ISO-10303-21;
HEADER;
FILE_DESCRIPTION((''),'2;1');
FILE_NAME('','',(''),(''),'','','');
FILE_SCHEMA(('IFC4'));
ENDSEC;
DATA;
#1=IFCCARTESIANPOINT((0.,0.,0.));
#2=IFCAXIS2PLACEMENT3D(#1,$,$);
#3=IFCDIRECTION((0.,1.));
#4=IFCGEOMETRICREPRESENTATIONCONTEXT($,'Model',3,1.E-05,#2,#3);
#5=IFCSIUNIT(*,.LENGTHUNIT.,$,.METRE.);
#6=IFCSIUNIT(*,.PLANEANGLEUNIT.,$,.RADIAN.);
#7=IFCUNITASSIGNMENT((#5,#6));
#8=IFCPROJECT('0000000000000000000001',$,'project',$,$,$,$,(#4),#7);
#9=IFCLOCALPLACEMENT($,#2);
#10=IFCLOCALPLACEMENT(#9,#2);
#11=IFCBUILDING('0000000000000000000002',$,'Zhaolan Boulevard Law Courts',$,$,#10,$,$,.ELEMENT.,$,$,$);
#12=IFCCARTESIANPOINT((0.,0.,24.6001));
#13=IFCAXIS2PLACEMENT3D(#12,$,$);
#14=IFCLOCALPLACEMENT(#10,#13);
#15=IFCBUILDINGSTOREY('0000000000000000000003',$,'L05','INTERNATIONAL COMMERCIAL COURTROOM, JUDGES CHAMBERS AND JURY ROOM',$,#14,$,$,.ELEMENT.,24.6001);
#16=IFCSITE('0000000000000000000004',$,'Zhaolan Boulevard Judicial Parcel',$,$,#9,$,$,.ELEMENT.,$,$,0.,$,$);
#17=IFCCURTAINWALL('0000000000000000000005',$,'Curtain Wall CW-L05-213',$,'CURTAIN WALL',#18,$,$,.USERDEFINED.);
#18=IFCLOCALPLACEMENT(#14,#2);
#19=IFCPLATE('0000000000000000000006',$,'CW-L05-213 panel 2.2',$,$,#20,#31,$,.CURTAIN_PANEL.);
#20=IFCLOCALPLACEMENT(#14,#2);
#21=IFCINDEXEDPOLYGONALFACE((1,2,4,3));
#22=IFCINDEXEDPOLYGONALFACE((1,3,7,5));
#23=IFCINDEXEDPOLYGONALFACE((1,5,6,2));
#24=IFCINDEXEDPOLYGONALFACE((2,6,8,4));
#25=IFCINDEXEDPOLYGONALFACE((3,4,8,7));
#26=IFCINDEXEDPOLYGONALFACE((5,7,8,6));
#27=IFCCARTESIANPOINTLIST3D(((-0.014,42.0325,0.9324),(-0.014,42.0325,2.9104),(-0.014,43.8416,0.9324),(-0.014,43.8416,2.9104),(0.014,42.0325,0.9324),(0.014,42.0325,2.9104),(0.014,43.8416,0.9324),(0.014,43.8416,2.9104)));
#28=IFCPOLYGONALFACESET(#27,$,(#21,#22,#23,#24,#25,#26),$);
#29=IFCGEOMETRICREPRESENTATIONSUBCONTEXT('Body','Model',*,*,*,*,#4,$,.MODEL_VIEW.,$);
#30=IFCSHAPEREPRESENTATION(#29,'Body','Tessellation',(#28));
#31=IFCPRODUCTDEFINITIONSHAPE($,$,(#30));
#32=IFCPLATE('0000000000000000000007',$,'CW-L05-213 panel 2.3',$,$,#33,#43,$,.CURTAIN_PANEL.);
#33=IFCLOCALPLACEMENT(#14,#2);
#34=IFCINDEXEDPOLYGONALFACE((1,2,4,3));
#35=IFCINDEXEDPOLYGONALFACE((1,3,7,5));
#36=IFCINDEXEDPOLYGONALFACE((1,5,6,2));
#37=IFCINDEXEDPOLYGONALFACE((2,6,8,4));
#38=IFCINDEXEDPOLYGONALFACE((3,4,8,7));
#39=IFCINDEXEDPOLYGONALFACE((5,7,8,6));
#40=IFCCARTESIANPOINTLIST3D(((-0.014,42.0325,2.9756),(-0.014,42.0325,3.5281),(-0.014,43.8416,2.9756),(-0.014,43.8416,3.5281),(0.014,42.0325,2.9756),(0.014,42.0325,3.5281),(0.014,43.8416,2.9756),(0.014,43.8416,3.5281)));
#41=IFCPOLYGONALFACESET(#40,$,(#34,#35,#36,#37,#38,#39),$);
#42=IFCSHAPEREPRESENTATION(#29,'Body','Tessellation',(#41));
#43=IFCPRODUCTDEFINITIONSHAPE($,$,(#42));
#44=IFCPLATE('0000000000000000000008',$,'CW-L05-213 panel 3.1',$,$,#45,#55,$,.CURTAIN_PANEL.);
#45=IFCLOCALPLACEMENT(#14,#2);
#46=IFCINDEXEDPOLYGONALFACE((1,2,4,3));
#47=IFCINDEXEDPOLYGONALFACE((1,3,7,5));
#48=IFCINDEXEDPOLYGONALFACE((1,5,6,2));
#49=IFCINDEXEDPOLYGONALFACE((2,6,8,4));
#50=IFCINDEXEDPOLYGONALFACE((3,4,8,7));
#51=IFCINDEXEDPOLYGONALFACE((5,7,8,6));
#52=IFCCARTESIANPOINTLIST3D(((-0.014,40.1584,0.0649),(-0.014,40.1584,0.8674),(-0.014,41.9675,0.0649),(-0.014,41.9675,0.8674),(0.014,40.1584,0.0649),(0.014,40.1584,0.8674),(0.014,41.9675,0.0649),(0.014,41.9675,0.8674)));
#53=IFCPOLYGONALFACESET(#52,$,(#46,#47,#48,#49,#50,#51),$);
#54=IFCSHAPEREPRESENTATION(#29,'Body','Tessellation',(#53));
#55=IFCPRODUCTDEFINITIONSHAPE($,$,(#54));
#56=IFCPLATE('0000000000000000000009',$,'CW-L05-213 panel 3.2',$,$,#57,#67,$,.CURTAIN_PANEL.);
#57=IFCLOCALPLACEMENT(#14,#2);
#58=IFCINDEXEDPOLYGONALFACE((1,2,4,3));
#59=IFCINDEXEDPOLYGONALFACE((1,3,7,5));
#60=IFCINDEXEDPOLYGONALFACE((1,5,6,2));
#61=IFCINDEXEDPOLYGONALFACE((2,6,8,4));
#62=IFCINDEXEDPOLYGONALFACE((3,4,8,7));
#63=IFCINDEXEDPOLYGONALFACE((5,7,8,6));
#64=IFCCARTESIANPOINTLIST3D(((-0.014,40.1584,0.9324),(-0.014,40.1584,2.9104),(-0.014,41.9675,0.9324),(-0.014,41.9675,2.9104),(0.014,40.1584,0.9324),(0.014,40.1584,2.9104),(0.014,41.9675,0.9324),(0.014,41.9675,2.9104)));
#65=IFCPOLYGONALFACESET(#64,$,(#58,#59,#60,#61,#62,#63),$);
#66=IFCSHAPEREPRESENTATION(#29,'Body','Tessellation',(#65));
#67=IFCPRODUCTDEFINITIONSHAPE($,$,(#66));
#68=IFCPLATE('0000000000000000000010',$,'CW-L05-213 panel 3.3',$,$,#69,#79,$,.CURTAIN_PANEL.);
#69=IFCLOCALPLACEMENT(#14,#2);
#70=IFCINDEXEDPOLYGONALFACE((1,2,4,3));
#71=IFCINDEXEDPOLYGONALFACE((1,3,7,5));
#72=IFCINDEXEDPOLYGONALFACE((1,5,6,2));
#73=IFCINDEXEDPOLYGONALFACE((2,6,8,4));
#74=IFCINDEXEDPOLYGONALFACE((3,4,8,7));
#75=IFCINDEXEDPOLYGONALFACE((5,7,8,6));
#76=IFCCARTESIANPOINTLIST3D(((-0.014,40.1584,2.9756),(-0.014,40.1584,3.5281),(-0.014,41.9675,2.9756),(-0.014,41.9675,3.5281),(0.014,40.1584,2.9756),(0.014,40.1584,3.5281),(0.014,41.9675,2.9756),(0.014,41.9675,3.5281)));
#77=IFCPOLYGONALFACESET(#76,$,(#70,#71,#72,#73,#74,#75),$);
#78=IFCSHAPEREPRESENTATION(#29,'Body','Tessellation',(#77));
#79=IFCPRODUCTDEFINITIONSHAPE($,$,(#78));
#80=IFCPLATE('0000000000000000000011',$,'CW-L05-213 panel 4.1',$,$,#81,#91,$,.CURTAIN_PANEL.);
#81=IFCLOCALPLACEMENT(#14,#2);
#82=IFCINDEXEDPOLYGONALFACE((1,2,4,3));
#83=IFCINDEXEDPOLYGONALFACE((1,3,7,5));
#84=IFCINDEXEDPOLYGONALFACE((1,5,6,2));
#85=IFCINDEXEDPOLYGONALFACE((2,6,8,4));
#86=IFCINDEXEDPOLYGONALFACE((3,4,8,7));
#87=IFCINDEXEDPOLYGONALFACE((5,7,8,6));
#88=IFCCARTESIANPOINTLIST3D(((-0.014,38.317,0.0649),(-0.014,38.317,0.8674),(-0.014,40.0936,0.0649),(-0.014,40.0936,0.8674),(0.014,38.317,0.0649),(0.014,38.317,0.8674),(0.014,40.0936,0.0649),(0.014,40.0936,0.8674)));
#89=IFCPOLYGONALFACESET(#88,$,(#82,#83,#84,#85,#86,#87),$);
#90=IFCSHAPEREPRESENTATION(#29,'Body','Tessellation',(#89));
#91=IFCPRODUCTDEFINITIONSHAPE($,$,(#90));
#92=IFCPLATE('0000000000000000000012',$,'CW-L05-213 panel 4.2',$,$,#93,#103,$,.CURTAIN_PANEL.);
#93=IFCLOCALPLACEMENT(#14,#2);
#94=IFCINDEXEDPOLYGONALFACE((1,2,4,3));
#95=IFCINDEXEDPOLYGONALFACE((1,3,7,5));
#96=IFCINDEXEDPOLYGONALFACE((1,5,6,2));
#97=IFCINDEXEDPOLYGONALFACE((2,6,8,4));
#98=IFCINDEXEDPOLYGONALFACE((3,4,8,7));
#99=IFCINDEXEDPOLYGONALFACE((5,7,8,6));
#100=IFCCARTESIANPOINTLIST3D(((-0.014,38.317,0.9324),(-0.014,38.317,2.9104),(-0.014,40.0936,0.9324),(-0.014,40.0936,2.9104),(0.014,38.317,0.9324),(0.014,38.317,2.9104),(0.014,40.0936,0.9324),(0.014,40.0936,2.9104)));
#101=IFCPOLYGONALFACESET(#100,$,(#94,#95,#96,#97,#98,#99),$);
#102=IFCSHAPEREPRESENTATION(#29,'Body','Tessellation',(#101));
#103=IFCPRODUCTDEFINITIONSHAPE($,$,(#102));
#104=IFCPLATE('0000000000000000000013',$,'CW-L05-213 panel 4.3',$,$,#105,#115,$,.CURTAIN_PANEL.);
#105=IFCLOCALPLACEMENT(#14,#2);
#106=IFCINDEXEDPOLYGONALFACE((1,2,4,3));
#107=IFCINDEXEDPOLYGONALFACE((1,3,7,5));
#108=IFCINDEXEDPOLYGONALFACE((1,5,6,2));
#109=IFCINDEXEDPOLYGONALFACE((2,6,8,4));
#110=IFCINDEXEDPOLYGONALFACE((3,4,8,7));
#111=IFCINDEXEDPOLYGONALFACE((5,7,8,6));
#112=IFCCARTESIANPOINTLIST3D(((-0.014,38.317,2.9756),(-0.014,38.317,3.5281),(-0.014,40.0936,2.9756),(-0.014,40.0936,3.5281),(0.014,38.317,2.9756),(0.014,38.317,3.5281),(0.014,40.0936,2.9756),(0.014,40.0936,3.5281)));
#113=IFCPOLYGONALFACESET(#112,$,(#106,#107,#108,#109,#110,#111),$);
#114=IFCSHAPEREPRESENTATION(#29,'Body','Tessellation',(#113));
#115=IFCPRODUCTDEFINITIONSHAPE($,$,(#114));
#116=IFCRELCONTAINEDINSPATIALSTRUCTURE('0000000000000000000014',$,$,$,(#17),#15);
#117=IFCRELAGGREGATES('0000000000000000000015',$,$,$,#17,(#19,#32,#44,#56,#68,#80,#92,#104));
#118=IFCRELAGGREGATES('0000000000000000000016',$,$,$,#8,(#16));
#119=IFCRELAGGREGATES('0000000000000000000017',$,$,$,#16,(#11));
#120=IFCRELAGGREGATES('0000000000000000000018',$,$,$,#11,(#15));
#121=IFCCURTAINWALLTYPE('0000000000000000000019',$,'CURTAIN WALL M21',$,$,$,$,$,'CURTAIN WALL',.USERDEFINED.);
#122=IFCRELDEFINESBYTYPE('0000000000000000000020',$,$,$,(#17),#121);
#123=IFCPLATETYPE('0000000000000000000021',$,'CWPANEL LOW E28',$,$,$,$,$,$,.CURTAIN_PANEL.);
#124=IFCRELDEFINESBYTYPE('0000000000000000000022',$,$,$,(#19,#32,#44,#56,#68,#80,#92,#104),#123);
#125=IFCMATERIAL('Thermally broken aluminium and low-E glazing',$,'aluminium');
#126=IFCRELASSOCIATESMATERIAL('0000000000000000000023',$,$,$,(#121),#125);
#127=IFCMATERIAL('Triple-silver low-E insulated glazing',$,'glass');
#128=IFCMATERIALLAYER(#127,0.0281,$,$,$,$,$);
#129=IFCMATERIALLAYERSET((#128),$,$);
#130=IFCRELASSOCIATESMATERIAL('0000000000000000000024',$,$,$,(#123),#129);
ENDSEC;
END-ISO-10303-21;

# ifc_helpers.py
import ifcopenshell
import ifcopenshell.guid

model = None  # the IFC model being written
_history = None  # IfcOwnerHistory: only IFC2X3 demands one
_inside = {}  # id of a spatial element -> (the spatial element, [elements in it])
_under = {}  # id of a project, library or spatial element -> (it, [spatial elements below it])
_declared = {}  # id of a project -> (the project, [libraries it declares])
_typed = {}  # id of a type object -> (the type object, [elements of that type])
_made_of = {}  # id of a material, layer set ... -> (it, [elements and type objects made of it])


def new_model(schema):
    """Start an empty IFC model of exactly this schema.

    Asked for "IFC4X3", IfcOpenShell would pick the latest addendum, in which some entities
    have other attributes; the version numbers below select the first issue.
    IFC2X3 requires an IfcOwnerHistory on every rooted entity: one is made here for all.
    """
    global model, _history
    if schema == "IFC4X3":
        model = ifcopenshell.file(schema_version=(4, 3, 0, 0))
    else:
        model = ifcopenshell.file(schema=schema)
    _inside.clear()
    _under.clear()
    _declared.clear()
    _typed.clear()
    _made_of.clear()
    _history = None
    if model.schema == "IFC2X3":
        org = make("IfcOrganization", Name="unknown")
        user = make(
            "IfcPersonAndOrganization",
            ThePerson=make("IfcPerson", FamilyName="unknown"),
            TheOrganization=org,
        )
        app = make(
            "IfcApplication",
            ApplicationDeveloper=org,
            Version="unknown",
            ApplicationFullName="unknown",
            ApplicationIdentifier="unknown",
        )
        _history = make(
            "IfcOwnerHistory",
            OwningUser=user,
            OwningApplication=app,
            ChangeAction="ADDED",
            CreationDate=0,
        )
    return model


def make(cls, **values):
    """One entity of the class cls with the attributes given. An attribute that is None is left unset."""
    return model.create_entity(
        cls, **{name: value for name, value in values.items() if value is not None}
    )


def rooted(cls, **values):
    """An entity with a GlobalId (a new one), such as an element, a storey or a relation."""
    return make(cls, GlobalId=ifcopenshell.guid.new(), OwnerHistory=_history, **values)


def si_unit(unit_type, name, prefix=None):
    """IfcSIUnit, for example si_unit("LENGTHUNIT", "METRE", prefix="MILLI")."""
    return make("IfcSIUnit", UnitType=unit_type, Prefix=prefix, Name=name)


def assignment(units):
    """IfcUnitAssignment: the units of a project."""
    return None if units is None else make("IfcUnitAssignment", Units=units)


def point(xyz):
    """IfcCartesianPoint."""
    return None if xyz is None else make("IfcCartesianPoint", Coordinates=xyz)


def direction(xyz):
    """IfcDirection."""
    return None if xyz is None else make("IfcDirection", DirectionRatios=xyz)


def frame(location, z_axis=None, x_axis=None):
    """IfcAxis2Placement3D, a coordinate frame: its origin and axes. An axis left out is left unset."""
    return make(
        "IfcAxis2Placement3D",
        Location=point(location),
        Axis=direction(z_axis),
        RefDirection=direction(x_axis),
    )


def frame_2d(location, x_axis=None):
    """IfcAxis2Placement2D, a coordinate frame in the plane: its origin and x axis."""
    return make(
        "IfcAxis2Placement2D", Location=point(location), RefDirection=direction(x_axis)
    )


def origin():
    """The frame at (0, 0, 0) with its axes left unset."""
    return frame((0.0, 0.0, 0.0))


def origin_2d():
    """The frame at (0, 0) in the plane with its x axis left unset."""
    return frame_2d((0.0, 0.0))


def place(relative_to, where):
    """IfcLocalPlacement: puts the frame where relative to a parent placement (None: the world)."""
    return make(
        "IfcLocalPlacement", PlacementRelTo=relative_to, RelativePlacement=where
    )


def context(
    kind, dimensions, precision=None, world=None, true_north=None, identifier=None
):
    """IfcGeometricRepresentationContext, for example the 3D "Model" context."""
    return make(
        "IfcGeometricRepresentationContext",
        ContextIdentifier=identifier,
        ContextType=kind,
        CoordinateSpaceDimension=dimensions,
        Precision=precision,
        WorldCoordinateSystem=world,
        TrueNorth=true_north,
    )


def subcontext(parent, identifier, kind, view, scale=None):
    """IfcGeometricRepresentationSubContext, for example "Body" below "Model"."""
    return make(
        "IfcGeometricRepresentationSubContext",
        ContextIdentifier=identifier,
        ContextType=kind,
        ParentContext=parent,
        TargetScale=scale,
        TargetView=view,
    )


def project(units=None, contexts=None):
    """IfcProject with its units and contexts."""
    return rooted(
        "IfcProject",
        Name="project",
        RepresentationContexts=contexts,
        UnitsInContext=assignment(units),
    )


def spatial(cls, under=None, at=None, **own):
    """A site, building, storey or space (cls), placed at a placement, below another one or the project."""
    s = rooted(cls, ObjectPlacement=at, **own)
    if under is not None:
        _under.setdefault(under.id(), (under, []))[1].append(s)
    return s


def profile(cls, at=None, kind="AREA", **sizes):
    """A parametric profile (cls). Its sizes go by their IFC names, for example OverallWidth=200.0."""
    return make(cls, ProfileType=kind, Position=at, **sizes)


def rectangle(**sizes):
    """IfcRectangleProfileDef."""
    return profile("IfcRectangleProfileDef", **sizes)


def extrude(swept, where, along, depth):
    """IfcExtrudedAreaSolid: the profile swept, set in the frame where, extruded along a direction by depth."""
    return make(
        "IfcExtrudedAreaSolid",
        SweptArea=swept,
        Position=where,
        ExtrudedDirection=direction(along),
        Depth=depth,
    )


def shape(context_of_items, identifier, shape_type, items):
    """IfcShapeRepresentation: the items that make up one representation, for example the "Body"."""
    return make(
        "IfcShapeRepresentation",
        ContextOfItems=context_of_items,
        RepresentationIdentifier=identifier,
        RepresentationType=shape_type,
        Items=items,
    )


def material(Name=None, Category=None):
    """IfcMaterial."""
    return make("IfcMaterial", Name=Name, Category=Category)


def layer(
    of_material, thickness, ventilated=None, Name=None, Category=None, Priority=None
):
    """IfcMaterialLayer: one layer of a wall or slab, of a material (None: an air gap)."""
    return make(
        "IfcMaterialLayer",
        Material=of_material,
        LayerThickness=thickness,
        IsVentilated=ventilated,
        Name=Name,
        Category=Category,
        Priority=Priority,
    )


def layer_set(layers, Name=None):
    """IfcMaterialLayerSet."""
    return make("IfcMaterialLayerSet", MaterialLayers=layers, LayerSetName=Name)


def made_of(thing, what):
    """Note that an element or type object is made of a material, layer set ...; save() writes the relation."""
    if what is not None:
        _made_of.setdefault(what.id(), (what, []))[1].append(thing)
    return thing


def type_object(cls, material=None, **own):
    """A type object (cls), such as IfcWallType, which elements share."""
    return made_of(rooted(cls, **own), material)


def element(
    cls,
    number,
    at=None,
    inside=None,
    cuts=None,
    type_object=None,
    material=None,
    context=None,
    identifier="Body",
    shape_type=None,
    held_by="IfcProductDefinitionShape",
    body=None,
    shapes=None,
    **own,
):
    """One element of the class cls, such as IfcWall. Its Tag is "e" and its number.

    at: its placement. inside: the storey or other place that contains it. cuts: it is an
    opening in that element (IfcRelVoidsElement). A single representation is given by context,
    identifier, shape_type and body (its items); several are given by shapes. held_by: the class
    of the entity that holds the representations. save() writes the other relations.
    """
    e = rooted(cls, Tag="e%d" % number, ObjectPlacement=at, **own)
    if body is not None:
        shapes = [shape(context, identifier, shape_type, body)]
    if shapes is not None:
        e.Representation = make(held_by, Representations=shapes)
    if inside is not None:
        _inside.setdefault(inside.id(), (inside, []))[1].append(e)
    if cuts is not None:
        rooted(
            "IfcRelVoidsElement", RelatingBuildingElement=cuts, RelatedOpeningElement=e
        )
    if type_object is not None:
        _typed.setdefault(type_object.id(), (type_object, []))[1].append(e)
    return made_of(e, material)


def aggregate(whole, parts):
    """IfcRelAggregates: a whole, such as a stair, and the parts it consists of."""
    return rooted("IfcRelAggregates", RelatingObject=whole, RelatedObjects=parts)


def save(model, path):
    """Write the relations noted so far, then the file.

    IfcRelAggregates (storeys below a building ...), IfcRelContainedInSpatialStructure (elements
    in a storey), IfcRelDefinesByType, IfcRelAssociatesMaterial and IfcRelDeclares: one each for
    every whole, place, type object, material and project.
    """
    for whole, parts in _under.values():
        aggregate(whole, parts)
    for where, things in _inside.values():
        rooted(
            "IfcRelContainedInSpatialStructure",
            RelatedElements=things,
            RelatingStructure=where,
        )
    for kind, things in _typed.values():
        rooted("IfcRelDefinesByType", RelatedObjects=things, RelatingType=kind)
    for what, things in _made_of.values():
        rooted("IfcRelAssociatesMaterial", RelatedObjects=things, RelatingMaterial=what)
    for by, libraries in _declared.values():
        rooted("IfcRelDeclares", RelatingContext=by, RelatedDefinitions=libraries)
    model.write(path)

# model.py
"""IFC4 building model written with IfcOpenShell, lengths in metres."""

from ifc_helpers import new_model, si_unit, direction, frame, origin, origin_2d, place, context, subcontext, project, spatial, rectangle, extrude, material, layer, layer_set, type_object, element, aggregate, save


model = new_model("IFC4")

# Units and contexts
model_context = context("Model", 3, precision=1e-05, world=origin(), true_north=direction((0.0, 1.0)))
body_context = subcontext(model_context, "Body", "Model", "MODEL_VIEW")
ifc_project = project(units=[si_unit("LENGTHUNIT", "METRE"), si_unit("PLANEANGLEUNIT", "RADIAN")], contexts=[model_context])

# Site, building, storey
site_placement = place(None, origin())
site = spatial("IfcSite", under=ifc_project, at=site_placement, Name="Zhaolan Boulevard Judicial Parcel", CompositionType="ELEMENT", RefElevation=0.0)
building_placement = place(site_placement, origin())
building = spatial("IfcBuilding", under=site, at=building_placement, Name="Zhaolan Boulevard Law Courts", CompositionType="ELEMENT")
storey_placement = place(building_placement, frame((0.0, 0.0, 24.6001)))
storey = spatial("IfcBuildingStorey", under=building, at=storey_placement, Name="L05", Description="INTERNATIONAL COMMERCIAL COURTROOM, JUDGES CHAMBERS AND JURY ROOM", CompositionType="ELEMENT", Elevation=24.6001)

# Curtain wall, plates
ifc_material_1 = material(Name="Thermally broken aluminium and low-E glazing", Category="aluminium")
curtain_wall_type = type_object("IfcCurtainWallType", Name="CURTAIN WALL M21", ElementType="CURTAIN WALL", PredefinedType="USERDEFINED", material=ifc_material_1)
curtain_wall_placement = place(storey_placement, origin())
curtain_wall = element("IfcCurtainWall", 1, at=curtain_wall_placement, inside=storey, type_object=curtain_wall_type, Name="Curtain Wall CW-L05-213", ObjectType="CURTAIN WALL", PredefinedType="USERDEFINED")
ifc_material_2 = material(Name="Triple-silver low-E insulated glazing", Category="glass")
ifc_layer = layer(ifc_material_2, 0.0281)
ifc_layer_set = layer_set([ifc_layer])
plate_type = type_object("IfcPlateType", Name="CWPANEL LOW E28", PredefinedType="CURTAIN_PANEL", material=ifc_layer_set)
plate_1_placement = place(storey_placement, frame((0.0, 42.937, 0.9324), z_axis=(0.0, 0.0, 1.0), x_axis=(0.0, -1.0, 0.0)))
plate_1 = element("IfcPlate", 2, at=plate_1_placement, type_object=plate_type, Name="CW-L05-213 panel 2.2", PredefinedType="CURTAIN_PANEL", context=body_context, shape_type="SweptSolid", body=[
    extrude(rectangle(XDim=1.8091, YDim=0.0281, at=origin_2d()), origin(), (0.0, 0.0, 1.0), 1.978),
])
plate_2_placement = place(storey_placement, frame((0.0, 42.937, 2.9756), z_axis=(0.0, 0.0, 1.0), x_axis=(0.0, -1.0, 0.0)))
plate_2 = element("IfcPlate", 3, at=plate_2_placement, type_object=plate_type, Name="CW-L05-213 panel 2.3", PredefinedType="CURTAIN_PANEL", context=body_context, shape_type="SweptSolid", body=[
    extrude(rectangle(XDim=1.8091, YDim=0.0281, at=origin_2d()), origin(), (0.0, 0.0, 1.0), 0.5525),
])
plate_3_placement = place(storey_placement, frame((0.0, 41.063, 0.0649), z_axis=(0.0, 0.0, 1.0), x_axis=(0.0, -1.0, 0.0)))
plate_3 = element("IfcPlate", 4, at=plate_3_placement, type_object=plate_type, Name="CW-L05-213 panel 3.1", PredefinedType="CURTAIN_PANEL", context=body_context, shape_type="SweptSolid", body=[
    extrude(rectangle(XDim=1.8091, YDim=0.0281, at=origin_2d()), origin(), (0.0, 0.0, 1.0), 0.8025),
])
plate_4_placement = place(storey_placement, frame((0.0, 41.063, 0.9324), z_axis=(0.0, 0.0, 1.0), x_axis=(0.0, -1.0, 0.0)))
plate_4 = element("IfcPlate", 5, at=plate_4_placement, type_object=plate_type, Name="CW-L05-213 panel 3.2", PredefinedType="CURTAIN_PANEL", context=body_context, shape_type="SweptSolid", body=[
    extrude(rectangle(XDim=1.8091, YDim=0.0281, at=origin_2d()), origin(), (0.0, 0.0, 1.0), 1.978),
])
plate_5_placement = place(storey_placement, frame((0.0, 41.063, 2.9756), z_axis=(0.0, 0.0, 1.0), x_axis=(0.0, -1.0, 0.0)))
plate_5 = element("IfcPlate", 6, at=plate_5_placement, type_object=plate_type, Name="CW-L05-213 panel 3.3", PredefinedType="CURTAIN_PANEL", context=body_context, shape_type="SweptSolid", body=[
    extrude(rectangle(XDim=1.8091, YDim=0.0281, at=origin_2d()), origin(), (0.0, 0.0, 1.0), 0.5525),
])
plate_6_placement = place(storey_placement, frame((0.0, 39.2053, 0.0649), z_axis=(0.0, 0.0, 1.0), x_axis=(0.0, -1.0, 0.0)))
plate_6 = element("IfcPlate", 7, at=plate_6_placement, type_object=plate_type, Name="CW-L05-213 panel 4.1", PredefinedType="CURTAIN_PANEL", context=body_context, shape_type="SweptSolid", body=[
    extrude(rectangle(XDim=1.7766, YDim=0.0281, at=origin_2d()), origin(), (0.0, 0.0, 1.0), 0.8025),
])
plate_7_placement = place(storey_placement, frame((0.0, 39.2053, 0.9324), z_axis=(0.0, 0.0, 1.0), x_axis=(0.0, -1.0, 0.0)))
plate_7 = element("IfcPlate", 8, at=plate_7_placement, type_object=plate_type, Name="CW-L05-213 panel 4.2", PredefinedType="CURTAIN_PANEL", context=body_context, shape_type="SweptSolid", body=[
    extrude(rectangle(XDim=1.7766, YDim=0.0281, at=origin_2d()), origin(), (0.0, 0.0, 1.0), 1.978),
])
plate_8_placement = place(storey_placement, frame((0.0, 39.2053, 2.9756), z_axis=(0.0, 0.0, 1.0), x_axis=(0.0, -1.0, 0.0)))
plate_8 = element("IfcPlate", 9, at=plate_8_placement, type_object=plate_type, Name="CW-L05-213 panel 4.3", PredefinedType="CURTAIN_PANEL", context=body_context, shape_type="SweptSolid", body=[
    extrude(rectangle(XDim=1.7766, YDim=0.0281, at=origin_2d()), origin(), (0.0, 0.0, 1.0), 0.5525),
])
aggregate(curtain_wall, [plate_1, plate_2, plate_3, plate_4, plate_5, plate_6, plate_7, plate_8])

save(model, "model.ifc")
